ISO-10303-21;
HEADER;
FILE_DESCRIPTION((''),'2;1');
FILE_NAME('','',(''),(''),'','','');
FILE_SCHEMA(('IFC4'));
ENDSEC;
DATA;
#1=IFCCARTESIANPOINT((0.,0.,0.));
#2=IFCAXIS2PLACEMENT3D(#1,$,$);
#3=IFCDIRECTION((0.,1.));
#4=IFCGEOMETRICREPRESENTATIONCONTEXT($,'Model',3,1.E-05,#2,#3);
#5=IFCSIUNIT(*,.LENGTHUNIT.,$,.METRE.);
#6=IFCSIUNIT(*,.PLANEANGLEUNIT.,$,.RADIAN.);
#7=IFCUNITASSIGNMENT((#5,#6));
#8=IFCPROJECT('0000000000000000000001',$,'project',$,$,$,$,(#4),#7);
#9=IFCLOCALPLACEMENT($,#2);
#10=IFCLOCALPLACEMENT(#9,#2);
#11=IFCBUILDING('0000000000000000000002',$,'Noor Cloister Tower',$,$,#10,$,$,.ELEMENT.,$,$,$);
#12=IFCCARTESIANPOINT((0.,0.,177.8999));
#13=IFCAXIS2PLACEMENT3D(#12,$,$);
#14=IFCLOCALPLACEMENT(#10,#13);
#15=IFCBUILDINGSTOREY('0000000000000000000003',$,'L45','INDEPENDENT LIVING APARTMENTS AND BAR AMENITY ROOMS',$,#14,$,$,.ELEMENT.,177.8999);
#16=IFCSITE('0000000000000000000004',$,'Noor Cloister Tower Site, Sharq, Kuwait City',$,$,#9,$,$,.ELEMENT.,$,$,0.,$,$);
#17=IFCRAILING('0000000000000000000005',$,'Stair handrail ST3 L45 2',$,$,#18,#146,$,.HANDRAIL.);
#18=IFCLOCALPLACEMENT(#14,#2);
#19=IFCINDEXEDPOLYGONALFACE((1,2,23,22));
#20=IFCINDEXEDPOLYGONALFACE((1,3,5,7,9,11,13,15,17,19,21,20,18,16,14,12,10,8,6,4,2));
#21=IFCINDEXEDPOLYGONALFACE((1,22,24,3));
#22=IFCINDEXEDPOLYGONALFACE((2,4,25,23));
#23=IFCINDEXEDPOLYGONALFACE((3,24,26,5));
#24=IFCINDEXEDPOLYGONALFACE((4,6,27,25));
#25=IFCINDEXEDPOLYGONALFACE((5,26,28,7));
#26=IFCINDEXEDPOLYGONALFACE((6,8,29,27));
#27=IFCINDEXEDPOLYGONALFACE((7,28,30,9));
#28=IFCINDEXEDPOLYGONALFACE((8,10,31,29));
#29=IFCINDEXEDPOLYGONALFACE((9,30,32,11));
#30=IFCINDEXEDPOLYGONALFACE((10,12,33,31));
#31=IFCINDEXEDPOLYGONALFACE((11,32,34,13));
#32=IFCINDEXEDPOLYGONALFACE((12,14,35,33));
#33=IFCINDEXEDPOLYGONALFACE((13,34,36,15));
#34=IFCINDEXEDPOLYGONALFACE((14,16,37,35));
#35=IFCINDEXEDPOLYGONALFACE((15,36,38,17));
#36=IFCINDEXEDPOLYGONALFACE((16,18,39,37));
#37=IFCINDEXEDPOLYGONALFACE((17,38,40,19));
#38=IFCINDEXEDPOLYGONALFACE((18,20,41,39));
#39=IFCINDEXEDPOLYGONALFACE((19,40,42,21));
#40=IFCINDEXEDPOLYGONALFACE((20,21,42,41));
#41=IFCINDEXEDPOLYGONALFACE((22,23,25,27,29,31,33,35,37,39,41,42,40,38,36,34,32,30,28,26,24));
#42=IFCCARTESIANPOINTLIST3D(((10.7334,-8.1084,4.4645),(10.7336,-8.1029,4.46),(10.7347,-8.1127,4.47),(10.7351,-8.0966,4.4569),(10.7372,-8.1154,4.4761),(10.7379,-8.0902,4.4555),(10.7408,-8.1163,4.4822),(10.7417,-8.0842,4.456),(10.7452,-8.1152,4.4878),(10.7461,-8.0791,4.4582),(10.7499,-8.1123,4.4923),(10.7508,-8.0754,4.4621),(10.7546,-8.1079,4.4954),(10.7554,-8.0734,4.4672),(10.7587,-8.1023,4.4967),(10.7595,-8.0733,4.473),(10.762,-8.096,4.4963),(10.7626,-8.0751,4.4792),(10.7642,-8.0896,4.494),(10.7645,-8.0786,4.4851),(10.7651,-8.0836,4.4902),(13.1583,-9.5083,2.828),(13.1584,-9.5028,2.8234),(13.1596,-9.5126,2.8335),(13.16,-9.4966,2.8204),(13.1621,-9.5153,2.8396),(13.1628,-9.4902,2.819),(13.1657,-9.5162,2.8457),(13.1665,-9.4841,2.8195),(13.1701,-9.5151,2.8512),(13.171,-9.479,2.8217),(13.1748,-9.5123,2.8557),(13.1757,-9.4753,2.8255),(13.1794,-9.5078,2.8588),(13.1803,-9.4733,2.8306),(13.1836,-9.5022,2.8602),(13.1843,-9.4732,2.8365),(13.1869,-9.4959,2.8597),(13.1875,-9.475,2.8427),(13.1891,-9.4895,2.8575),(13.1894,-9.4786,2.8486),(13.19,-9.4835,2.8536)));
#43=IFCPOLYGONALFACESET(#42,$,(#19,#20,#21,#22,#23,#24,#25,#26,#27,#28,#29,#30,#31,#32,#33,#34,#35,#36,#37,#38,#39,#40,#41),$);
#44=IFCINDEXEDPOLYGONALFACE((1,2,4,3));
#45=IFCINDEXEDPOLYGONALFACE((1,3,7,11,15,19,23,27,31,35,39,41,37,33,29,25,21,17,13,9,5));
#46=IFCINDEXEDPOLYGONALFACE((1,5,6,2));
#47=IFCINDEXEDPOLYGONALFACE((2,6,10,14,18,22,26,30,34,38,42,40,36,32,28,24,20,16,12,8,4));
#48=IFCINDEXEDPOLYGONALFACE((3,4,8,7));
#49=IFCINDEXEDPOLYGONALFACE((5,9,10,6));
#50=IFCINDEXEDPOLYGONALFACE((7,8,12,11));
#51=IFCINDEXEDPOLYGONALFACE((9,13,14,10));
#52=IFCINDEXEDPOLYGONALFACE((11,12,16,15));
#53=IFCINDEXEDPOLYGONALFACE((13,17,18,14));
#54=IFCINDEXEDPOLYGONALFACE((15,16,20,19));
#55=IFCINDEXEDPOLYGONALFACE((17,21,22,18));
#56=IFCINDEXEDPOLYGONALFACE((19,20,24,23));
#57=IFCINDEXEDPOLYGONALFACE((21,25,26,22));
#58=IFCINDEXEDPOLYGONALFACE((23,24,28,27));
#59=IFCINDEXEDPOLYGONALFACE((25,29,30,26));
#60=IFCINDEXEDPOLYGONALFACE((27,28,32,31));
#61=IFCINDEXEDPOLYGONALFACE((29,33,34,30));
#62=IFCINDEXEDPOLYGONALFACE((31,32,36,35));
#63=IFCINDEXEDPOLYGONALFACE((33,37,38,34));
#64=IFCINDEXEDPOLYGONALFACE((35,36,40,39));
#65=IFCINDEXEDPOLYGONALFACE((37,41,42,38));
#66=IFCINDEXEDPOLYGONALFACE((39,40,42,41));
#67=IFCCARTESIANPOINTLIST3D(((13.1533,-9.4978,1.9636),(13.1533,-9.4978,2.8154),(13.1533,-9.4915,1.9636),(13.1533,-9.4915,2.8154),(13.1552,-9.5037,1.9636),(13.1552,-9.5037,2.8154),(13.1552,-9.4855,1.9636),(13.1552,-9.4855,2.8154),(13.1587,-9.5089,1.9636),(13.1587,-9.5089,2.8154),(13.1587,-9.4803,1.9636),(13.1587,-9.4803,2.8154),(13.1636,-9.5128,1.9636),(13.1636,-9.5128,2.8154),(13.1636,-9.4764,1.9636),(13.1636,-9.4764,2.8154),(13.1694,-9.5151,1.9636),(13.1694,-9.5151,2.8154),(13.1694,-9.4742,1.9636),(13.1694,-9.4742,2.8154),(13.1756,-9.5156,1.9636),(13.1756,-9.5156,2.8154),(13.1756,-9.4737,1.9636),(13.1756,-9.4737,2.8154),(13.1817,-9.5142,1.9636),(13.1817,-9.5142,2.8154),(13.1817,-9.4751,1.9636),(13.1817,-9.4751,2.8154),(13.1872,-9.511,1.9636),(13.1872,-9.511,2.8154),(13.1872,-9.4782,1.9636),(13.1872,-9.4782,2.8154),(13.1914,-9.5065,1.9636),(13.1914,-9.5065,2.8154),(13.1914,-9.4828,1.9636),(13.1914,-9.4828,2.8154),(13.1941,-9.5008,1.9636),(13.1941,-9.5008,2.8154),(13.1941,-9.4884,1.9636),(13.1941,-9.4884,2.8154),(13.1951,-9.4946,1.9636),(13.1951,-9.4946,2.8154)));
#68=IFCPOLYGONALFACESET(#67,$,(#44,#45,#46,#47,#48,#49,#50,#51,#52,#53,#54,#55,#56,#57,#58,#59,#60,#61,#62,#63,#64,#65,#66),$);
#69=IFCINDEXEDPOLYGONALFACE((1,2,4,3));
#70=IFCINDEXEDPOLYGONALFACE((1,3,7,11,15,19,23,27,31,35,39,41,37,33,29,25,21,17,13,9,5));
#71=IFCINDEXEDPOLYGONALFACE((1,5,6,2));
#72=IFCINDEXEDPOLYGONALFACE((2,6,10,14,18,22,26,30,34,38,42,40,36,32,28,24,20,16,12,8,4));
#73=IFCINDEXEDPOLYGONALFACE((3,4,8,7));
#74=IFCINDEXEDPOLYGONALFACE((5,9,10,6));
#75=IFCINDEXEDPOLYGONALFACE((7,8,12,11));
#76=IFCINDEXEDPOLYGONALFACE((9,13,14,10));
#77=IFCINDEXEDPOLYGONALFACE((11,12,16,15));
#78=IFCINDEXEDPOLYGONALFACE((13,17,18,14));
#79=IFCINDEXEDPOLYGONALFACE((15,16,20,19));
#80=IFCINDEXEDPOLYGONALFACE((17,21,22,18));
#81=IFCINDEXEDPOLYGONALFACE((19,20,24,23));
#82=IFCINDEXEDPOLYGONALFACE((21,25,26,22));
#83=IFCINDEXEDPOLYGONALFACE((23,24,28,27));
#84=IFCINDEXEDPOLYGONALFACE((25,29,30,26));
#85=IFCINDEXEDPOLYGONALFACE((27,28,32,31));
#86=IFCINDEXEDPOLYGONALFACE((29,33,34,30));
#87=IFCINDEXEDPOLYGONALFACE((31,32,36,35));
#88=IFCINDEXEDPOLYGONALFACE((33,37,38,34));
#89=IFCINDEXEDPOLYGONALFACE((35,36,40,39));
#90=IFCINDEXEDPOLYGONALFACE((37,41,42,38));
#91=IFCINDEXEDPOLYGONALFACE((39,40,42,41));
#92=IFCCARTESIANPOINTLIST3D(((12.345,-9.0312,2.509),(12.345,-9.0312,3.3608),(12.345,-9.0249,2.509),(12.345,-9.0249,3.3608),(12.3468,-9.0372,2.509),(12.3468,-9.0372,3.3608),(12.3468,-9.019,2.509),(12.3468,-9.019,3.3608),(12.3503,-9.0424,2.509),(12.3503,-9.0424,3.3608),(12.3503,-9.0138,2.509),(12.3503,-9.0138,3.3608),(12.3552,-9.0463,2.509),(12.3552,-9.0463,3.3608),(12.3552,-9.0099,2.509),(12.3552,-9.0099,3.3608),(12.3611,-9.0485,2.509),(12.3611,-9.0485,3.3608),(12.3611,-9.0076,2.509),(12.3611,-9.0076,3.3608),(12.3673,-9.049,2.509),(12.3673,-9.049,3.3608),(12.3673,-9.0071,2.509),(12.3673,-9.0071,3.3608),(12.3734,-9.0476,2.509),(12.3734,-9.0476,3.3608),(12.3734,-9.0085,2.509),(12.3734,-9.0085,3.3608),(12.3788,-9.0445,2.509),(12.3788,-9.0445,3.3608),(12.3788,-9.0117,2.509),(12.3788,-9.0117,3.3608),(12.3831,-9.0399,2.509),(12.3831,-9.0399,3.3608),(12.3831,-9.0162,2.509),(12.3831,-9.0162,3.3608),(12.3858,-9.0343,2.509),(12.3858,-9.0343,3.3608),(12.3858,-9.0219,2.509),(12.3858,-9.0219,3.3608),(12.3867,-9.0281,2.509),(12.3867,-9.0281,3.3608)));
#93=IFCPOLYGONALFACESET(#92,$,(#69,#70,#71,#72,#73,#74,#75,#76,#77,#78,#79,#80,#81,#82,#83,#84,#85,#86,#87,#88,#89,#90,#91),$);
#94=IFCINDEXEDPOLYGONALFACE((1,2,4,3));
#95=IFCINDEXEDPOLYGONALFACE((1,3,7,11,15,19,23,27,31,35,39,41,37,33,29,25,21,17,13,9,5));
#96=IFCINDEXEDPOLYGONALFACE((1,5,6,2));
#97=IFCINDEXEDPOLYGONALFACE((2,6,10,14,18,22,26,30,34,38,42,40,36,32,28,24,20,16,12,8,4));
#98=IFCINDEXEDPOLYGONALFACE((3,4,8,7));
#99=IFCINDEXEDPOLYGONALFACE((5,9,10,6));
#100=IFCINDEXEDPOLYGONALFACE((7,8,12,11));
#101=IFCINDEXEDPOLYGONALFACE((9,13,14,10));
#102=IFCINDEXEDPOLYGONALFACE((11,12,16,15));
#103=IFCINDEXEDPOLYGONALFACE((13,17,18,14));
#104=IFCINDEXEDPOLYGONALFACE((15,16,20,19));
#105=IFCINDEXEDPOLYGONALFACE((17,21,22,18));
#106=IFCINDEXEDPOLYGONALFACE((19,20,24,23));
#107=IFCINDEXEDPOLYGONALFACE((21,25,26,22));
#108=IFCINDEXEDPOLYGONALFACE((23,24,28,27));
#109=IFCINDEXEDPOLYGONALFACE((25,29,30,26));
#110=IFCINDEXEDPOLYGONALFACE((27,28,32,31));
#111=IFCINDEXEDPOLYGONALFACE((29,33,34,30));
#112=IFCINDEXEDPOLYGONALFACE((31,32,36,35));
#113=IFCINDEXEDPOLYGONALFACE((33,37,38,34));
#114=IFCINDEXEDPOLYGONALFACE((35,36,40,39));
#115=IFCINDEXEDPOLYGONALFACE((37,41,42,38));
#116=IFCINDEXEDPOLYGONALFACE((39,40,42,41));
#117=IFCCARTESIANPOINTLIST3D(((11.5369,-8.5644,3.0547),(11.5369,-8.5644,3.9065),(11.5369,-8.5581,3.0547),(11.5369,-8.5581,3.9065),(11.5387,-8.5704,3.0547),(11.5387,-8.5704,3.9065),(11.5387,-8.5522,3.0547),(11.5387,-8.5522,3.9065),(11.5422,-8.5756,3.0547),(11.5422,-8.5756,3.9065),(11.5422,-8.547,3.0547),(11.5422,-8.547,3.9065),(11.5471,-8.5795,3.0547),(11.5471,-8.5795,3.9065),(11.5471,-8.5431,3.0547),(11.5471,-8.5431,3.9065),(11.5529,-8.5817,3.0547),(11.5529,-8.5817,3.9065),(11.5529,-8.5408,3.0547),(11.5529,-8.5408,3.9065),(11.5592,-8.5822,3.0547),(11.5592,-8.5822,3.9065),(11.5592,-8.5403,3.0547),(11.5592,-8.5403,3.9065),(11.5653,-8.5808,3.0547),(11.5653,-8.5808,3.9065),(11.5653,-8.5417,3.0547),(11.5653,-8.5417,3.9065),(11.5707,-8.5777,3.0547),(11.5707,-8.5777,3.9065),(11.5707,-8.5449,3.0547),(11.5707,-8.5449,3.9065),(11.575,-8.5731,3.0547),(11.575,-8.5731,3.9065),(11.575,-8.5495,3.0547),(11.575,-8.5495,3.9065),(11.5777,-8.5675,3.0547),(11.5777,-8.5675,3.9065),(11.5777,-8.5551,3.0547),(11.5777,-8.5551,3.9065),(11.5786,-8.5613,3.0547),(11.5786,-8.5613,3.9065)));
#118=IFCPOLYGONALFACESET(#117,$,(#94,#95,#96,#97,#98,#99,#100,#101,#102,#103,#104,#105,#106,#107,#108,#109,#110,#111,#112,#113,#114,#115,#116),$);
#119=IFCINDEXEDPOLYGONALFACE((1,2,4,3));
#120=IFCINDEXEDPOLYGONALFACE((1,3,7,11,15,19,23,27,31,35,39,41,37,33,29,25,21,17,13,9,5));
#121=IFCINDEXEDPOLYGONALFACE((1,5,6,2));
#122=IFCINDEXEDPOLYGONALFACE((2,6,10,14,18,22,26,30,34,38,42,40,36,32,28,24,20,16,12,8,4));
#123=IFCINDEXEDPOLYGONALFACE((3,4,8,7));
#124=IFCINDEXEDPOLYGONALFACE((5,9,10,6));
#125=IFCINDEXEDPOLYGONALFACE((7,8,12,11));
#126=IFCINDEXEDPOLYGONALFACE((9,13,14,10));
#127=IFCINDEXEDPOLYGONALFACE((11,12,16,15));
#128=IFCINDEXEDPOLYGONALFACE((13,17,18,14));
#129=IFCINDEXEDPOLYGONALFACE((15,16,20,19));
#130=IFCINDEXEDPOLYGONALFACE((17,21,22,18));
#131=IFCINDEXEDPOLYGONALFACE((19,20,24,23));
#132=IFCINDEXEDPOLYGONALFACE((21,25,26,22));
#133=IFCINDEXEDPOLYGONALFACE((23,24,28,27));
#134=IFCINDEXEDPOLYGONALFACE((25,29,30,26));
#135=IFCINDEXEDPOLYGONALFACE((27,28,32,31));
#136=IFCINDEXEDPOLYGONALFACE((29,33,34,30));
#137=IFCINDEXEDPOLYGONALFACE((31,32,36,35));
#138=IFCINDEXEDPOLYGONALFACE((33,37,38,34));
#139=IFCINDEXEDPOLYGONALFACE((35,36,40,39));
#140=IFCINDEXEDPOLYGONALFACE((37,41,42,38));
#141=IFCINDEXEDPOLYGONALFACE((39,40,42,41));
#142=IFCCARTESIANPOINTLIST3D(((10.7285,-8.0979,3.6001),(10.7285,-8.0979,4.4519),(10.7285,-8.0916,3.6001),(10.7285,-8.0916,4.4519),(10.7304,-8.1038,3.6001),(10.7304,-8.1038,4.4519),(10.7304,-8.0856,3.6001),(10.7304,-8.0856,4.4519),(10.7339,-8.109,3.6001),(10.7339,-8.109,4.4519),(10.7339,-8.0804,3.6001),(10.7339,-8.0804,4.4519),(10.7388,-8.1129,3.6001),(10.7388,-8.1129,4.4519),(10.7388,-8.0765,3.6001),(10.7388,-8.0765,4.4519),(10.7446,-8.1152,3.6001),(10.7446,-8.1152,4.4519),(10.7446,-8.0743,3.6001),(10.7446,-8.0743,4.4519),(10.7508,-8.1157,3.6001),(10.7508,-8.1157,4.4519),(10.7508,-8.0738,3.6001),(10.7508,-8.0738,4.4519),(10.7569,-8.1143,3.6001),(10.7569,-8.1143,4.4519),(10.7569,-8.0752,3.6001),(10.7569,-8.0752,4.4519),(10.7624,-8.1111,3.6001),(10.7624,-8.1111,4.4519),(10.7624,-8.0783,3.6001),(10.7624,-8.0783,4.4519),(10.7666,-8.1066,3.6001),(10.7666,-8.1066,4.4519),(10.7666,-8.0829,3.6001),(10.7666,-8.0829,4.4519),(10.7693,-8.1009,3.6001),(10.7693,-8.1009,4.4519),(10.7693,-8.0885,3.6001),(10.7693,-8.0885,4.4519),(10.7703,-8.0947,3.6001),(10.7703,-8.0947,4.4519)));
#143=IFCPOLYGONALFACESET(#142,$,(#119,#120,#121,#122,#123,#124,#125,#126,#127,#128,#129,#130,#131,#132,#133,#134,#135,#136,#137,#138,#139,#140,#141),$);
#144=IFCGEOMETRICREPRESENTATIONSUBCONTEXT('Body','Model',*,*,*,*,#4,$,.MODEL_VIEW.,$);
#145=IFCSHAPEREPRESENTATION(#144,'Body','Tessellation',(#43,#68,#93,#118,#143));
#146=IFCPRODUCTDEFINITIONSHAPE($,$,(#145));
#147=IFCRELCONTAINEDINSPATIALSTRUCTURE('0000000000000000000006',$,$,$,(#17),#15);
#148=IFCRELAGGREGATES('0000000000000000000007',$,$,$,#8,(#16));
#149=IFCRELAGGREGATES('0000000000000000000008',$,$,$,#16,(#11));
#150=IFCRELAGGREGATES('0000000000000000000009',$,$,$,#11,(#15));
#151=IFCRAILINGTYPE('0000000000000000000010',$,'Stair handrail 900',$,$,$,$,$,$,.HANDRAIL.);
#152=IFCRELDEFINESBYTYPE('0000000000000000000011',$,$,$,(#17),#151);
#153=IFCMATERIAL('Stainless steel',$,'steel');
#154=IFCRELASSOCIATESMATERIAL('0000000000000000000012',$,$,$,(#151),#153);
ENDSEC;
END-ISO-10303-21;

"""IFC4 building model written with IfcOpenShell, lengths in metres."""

from ifc_helpers import new_model, si_unit, direction, frame, origin, origin_2d, place, context, subcontext, project, spatial, circle, extrude, material, type_object, element, save


model = new_model("IFC4")

# Units and contexts
model_context = context("Model", 3, precision=1e-05, world=origin(), true_north=direction((0.0, 1.0)))
body_context = subcontext(model_context, "Body", "Model", "MODEL_VIEW")
ifc_project = project(units=[si_unit("LENGTHUNIT", "METRE"), si_unit("PLANEANGLEUNIT", "RADIAN")], contexts=[model_context])

# Site, building, storey
site_placement = place(None, origin())
site = spatial("IfcSite", under=ifc_project, at=site_placement, Name="Noor Cloister Tower Site, Sharq, Kuwait City", CompositionType="ELEMENT", RefElevation=0.0)
building_placement = place(site_placement, origin())
building = spatial("IfcBuilding", under=site, at=building_placement, Name="Noor Cloister Tower", CompositionType="ELEMENT")
storey_placement = place(building_placement, frame((0.0, 0.0, 177.8999)))
storey = spatial("IfcBuildingStorey", under=building, at=storey_placement, Name="L45", Description="INDEPENDENT LIVING APARTMENTS AND BAR AMENITY ROOMS", CompositionType="ELEMENT", Elevation=177.8999)

# Railing
ifc_material_1 = material(Name="Stainless steel", Category="steel")
railing_type_1 = type_object("IfcRailingType", Name="Stair handrail 900", PredefinedType="HANDRAIL", material=ifc_material_1)
railing_1_placement = place(storey_placement, frame((13.1741, -9.4946, 1.9636)))
element("IfcRailing", 1, at=railing_1_placement, inside=storey, type_object=railing_type_1, Name="Stair handrail ST3 L45 2", PredefinedType="HANDRAIL", context=body_context, shape_type="SweptSolid", body=[
    extrude(circle(Radius=0.0239, at=origin_2d()), frame((0.0, 0.0, 0.876), z_axis=(-0.74769, 0.431661, 0.504608), x_axis=(-0.499984, -0.866035, 0.0)), (0.0, 0.0, 1.0), 3.2432),
    extrude(circle(Radius=0.021, at=origin_2d()), origin(), (0.0, 0.0, 1.0), 0.8518),
    extrude(circle(Radius=0.021, at=origin_2d()), frame((-0.8083, 0.4666, 0.5454)), (0.0, 0.0, 1.0), 0.8518),
    extrude(circle(Radius=0.021, at=origin_2d()), frame((-1.6165, 0.9333, 1.0911)), (0.0, 0.0, 1.0), 0.8518),
    extrude(circle(Radius=0.021, at=origin_2d()), frame((-2.4248, 1.3999, 1.6365)), (0.0, 0.0, 1.0), 0.8518),
])

save(model, "model.ifc")
